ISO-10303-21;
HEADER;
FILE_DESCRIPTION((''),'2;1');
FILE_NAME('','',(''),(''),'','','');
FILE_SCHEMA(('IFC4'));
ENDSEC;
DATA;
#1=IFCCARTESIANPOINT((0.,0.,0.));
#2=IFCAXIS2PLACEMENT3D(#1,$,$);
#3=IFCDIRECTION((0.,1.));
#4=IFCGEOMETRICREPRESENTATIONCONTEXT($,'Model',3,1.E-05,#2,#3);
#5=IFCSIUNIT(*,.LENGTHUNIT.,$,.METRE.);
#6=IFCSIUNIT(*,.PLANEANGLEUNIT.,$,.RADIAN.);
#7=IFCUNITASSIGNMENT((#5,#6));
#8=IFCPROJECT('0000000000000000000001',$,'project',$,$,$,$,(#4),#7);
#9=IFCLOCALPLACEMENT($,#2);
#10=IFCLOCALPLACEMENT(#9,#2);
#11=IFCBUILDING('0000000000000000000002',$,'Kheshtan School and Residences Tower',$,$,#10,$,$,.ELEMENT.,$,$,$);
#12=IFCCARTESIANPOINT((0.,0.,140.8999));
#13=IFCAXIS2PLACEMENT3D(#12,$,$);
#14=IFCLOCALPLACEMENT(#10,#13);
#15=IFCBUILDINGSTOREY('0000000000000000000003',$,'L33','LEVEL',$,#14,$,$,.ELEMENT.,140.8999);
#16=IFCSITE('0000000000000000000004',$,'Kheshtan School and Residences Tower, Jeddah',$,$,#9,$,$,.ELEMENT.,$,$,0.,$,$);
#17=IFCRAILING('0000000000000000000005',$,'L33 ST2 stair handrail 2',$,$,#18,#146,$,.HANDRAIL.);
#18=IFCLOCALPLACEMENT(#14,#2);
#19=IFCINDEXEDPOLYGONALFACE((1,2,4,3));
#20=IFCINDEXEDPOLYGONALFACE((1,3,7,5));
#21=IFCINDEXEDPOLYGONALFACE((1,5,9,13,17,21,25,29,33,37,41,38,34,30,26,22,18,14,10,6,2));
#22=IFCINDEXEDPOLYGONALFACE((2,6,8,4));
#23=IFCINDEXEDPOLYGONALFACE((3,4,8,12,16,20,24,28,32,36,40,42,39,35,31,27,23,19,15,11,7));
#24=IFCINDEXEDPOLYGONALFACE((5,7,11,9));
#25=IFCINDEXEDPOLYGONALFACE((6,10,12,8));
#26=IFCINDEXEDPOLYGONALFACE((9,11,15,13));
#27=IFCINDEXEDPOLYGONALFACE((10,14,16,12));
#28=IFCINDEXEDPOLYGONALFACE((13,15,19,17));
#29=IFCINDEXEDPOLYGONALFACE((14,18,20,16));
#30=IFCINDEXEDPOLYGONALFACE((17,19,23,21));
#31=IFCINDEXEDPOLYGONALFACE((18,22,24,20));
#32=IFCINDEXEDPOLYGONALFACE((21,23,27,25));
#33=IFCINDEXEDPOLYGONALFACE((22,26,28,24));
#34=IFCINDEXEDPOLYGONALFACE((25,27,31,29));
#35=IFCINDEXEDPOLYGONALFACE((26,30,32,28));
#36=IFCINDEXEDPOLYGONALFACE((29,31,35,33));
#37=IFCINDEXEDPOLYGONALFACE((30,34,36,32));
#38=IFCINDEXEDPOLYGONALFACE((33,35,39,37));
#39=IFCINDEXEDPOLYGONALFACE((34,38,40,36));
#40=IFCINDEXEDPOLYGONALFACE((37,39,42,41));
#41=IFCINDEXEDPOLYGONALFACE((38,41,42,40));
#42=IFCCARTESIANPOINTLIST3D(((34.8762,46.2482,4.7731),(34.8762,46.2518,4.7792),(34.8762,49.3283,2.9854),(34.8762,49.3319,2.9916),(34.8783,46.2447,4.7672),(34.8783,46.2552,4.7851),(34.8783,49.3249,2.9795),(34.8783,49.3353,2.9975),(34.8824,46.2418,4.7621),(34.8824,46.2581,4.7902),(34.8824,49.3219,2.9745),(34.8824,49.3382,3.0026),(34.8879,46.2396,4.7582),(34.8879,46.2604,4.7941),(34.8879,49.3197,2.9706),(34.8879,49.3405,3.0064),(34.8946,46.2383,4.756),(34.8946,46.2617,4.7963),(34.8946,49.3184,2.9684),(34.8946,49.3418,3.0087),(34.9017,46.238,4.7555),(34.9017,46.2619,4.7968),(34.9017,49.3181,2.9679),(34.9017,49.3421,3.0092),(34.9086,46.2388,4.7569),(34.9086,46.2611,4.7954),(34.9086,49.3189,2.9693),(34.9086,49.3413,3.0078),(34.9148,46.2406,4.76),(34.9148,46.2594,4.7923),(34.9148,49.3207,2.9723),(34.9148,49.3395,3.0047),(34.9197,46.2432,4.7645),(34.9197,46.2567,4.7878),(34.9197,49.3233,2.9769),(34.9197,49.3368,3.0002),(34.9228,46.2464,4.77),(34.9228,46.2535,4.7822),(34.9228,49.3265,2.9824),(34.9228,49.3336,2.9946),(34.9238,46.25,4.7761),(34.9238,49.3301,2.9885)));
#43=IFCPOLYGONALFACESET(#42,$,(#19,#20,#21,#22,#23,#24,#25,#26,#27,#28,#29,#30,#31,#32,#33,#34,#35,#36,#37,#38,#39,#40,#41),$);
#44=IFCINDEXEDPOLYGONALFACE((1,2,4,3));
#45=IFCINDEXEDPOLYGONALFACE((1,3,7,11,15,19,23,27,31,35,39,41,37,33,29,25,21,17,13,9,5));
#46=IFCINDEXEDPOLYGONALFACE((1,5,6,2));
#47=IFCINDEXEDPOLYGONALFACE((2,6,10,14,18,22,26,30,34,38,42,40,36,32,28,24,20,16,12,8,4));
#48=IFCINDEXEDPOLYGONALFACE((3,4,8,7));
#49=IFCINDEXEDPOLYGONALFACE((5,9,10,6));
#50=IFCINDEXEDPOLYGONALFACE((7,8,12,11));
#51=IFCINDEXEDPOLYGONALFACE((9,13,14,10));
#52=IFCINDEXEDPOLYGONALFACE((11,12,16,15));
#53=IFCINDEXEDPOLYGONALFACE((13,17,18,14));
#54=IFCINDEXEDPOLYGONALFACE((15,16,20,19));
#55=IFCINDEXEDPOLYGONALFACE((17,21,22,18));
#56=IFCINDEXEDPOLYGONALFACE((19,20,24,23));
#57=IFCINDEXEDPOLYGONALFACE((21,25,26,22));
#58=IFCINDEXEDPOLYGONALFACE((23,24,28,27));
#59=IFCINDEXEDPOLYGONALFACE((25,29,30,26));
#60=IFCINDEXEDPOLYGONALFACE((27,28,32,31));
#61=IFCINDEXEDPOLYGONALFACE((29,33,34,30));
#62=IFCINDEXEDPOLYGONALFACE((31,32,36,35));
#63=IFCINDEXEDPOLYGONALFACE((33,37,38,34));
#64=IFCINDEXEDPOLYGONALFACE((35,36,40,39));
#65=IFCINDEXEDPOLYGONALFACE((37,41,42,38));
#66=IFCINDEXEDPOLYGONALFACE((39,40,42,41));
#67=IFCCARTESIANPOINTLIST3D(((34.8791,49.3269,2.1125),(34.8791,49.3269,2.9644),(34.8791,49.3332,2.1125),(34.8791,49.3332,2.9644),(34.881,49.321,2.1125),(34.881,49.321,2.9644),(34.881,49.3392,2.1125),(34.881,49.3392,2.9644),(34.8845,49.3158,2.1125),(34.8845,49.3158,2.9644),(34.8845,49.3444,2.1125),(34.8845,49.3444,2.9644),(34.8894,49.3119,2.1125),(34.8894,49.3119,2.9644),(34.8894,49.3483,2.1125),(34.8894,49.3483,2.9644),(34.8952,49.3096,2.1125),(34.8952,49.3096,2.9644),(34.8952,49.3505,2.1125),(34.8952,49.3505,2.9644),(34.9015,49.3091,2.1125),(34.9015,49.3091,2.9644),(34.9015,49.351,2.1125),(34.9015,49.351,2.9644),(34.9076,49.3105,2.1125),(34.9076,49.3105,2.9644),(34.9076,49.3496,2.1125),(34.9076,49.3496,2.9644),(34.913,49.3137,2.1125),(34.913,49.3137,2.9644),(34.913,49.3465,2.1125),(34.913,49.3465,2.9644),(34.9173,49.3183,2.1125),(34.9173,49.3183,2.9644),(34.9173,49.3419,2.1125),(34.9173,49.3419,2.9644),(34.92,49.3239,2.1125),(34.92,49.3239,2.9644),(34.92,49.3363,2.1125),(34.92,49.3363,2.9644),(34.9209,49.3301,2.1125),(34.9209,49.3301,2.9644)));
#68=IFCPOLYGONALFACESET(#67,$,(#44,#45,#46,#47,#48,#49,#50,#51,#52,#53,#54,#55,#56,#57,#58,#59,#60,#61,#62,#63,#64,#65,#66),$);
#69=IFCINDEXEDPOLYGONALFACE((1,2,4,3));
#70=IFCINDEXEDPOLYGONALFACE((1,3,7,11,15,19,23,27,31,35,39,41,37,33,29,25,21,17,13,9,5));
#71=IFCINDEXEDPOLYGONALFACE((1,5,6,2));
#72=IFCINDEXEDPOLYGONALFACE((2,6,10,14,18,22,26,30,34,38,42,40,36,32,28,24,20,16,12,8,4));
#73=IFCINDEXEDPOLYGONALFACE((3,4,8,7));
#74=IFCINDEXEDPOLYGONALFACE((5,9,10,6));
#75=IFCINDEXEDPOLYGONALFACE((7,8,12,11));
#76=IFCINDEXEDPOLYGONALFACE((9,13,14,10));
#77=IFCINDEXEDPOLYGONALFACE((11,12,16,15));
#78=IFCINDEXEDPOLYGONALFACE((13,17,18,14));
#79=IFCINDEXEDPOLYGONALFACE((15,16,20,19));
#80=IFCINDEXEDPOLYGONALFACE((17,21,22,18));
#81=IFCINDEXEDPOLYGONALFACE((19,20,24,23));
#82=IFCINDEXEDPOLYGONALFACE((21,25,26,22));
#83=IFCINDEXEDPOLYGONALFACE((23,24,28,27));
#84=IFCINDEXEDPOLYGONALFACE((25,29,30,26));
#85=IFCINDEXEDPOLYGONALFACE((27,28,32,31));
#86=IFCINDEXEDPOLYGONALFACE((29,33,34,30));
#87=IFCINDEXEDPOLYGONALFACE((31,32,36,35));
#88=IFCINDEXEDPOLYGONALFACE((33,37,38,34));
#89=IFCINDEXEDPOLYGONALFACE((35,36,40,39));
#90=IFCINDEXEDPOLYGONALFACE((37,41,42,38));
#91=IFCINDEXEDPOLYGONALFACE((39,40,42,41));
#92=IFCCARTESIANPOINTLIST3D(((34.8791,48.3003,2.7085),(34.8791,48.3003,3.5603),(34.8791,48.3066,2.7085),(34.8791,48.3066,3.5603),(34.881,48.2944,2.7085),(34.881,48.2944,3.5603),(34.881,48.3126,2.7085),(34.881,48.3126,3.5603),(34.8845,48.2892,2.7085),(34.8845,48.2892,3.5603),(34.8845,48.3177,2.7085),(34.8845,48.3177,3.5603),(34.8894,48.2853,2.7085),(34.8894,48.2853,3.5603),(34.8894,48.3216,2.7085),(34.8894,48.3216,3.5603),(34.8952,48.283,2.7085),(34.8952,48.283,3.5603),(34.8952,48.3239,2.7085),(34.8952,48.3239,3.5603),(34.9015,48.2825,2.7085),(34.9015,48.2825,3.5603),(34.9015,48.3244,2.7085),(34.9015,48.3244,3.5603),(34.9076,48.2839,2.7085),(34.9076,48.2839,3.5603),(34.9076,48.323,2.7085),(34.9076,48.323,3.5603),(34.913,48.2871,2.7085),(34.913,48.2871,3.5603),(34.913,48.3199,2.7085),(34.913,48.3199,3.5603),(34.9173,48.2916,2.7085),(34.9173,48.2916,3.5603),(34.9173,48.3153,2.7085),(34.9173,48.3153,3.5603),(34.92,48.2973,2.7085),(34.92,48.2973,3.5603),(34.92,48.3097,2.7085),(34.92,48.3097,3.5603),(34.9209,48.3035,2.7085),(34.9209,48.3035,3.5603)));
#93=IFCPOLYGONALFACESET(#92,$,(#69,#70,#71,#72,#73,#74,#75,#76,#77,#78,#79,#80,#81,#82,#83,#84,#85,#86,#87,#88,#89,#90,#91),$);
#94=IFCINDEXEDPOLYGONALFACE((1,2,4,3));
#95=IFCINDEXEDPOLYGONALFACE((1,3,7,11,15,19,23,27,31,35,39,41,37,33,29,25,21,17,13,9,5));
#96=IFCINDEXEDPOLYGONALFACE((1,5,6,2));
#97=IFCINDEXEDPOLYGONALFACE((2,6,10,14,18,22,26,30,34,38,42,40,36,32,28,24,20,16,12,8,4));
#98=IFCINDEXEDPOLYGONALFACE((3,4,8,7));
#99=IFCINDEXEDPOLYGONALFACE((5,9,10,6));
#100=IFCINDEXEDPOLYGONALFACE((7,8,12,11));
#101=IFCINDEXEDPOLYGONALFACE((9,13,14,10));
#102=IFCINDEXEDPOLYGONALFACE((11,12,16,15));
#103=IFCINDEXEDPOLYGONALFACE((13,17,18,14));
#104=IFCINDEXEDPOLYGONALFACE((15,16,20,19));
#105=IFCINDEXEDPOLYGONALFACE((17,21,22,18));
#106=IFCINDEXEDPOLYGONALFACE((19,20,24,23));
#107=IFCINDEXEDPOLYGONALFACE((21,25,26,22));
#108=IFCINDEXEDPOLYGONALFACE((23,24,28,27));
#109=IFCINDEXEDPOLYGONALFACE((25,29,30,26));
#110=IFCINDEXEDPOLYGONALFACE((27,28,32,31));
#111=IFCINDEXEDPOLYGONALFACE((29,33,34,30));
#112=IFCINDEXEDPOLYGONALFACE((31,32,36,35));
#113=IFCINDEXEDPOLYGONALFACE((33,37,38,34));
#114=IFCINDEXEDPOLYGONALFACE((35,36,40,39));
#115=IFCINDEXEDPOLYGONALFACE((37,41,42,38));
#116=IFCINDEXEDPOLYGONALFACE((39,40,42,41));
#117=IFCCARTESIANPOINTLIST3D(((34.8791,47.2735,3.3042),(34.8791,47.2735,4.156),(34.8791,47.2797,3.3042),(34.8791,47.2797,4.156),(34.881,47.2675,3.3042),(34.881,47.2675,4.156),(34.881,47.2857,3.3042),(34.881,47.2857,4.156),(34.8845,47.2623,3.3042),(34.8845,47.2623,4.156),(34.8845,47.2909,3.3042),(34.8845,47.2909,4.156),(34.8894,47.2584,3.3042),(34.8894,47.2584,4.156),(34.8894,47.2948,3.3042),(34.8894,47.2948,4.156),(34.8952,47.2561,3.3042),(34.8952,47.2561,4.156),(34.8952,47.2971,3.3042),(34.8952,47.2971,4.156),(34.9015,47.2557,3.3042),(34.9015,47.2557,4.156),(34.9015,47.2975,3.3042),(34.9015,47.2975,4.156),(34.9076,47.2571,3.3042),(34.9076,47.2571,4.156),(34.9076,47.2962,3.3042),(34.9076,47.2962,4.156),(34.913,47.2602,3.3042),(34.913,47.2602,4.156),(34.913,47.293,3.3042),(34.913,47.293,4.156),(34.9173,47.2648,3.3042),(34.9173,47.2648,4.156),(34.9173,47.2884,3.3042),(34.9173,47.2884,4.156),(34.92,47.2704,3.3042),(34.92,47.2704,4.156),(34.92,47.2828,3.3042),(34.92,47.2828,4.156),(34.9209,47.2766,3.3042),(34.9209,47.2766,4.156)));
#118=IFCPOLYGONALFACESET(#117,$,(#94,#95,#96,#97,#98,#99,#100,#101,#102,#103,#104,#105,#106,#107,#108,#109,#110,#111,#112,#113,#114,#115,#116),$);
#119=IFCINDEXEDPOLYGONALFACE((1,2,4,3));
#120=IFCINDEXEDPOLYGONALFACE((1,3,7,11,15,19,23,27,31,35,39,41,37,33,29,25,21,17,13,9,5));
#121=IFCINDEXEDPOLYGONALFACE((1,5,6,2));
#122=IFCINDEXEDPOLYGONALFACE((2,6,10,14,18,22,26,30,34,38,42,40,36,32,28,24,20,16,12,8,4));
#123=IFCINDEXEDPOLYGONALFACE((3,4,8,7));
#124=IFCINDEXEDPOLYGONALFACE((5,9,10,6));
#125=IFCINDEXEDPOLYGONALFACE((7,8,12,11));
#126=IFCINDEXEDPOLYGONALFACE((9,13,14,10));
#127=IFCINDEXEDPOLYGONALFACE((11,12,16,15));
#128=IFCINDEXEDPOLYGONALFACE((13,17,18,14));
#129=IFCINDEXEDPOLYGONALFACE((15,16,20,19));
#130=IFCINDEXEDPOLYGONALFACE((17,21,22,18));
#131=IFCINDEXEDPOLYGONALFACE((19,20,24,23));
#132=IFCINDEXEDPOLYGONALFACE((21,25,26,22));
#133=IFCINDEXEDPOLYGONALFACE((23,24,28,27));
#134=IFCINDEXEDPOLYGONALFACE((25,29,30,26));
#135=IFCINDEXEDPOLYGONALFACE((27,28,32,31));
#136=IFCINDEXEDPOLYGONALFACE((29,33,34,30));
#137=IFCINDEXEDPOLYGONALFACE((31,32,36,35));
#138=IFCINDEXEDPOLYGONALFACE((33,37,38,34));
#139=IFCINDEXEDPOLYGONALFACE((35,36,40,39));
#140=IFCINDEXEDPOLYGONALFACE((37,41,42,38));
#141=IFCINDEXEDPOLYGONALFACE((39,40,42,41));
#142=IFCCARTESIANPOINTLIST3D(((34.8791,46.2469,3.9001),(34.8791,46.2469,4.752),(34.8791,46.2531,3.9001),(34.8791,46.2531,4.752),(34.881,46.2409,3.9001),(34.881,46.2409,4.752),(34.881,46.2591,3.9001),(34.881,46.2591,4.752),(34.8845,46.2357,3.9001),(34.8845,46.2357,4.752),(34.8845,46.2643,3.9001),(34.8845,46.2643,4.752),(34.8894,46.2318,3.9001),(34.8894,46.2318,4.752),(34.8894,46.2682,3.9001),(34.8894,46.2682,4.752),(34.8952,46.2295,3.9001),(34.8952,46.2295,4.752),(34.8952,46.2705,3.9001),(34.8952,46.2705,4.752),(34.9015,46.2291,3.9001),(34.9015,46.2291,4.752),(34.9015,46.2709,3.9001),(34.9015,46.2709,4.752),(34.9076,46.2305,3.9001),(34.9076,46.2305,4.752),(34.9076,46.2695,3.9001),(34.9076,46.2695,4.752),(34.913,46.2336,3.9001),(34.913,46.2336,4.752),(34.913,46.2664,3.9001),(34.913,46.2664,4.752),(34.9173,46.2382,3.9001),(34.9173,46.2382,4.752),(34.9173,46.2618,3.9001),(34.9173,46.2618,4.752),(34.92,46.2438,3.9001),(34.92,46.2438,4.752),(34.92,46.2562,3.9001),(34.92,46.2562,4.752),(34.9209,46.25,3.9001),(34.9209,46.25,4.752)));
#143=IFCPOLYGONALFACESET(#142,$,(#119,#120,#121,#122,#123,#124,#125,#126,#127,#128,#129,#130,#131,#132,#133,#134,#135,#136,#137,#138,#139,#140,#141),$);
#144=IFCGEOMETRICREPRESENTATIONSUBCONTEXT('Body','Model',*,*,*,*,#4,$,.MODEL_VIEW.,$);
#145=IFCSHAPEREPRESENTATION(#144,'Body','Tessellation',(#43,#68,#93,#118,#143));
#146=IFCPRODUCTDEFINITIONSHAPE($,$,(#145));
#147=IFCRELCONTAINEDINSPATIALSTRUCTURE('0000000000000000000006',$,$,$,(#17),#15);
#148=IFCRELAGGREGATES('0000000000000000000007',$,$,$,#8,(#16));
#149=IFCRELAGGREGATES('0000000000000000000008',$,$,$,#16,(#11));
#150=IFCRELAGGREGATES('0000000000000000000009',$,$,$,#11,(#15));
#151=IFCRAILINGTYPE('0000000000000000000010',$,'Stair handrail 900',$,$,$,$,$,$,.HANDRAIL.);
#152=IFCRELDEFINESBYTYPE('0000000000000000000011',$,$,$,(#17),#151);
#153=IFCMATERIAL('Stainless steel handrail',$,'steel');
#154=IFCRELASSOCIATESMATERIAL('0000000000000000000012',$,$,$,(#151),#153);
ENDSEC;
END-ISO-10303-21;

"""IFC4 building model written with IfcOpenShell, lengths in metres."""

from ifc_helpers import new_model, si_unit, direction, frame, origin, origin_2d, place, context, subcontext, project, spatial, circle, extrude, material, type_object, element, save


model = new_model("IFC4")

# Units and contexts
model_context = context("Model", 3, precision=1e-05, world=origin(), true_north=direction((0.0, 1.0)))
body_context = subcontext(model_context, "Body", "Model", "MODEL_VIEW")
ifc_project = project(units=[si_unit("LENGTHUNIT", "METRE"), si_unit("PLANEANGLEUNIT", "RADIAN")], contexts=[model_context])

# Site, building, storey
site_placement = place(None, origin())
site = spatial("IfcSite", under=ifc_project, at=site_placement, Name="Kheshtan School and Residences Tower, Jeddah", CompositionType="ELEMENT", RefElevation=0.0)
building_placement = place(site_placement, origin())
building = spatial("IfcBuilding", under=site, at=building_placement, Name="Kheshtan School and Residences Tower", CompositionType="ELEMENT")
storey_placement = place(building_placement, frame((0.0, 0.0, 140.8999)))
storey = spatial("IfcBuildingStorey", under=building, at=storey_placement, Name="L33", Description="LEVEL", CompositionType="ELEMENT", Elevation=140.8999)

# Railing
ifc_material_1 = material(Name="Stainless steel handrail", Category="steel")
railing_type_1 = type_object("IfcRailingType", Name="Stair handrail 900", PredefinedType="HANDRAIL", material=ifc_material_1)
railing_1_placement = place(storey_placement, frame((34.8999, 49.3301, 2.1125)))
element("IfcRailing", 1, at=railing_1_placement, inside=storey, type_object=railing_type_1, Name="L33 ST2 stair handrail 2", PredefinedType="HANDRAIL", context=body_context, shape_type="SweptSolid", body=[
    extrude(circle(Radius=0.0239, at=origin_2d()), frame((0.0, 0.0, 0.876), z_axis=(0.0, -0.864891, 0.50196), x_axis=(1.0, 0.0, 0.0)), (0.0, 0.0, 1.0), 3.5613),
    extrude(circle(Radius=0.021, at=origin_2d()), origin(), (0.0, 0.0, 1.0), 0.8518),
    extrude(circle(Radius=0.021, at=origin_2d()), frame((0.0, -1.0266, 0.5959)), (0.0, 0.0, 1.0), 0.8518),
    extrude(circle(Radius=0.021, at=origin_2d()), frame((0.0, -2.0535, 1.1917)), (0.0, 0.0, 1.0), 0.8518),
    extrude(circle(Radius=0.021, at=origin_2d()), frame((0.0, -3.0801, 1.7876)), (0.0, 0.0, 1.0), 0.8518),
])

save(model, "model.ifc")
